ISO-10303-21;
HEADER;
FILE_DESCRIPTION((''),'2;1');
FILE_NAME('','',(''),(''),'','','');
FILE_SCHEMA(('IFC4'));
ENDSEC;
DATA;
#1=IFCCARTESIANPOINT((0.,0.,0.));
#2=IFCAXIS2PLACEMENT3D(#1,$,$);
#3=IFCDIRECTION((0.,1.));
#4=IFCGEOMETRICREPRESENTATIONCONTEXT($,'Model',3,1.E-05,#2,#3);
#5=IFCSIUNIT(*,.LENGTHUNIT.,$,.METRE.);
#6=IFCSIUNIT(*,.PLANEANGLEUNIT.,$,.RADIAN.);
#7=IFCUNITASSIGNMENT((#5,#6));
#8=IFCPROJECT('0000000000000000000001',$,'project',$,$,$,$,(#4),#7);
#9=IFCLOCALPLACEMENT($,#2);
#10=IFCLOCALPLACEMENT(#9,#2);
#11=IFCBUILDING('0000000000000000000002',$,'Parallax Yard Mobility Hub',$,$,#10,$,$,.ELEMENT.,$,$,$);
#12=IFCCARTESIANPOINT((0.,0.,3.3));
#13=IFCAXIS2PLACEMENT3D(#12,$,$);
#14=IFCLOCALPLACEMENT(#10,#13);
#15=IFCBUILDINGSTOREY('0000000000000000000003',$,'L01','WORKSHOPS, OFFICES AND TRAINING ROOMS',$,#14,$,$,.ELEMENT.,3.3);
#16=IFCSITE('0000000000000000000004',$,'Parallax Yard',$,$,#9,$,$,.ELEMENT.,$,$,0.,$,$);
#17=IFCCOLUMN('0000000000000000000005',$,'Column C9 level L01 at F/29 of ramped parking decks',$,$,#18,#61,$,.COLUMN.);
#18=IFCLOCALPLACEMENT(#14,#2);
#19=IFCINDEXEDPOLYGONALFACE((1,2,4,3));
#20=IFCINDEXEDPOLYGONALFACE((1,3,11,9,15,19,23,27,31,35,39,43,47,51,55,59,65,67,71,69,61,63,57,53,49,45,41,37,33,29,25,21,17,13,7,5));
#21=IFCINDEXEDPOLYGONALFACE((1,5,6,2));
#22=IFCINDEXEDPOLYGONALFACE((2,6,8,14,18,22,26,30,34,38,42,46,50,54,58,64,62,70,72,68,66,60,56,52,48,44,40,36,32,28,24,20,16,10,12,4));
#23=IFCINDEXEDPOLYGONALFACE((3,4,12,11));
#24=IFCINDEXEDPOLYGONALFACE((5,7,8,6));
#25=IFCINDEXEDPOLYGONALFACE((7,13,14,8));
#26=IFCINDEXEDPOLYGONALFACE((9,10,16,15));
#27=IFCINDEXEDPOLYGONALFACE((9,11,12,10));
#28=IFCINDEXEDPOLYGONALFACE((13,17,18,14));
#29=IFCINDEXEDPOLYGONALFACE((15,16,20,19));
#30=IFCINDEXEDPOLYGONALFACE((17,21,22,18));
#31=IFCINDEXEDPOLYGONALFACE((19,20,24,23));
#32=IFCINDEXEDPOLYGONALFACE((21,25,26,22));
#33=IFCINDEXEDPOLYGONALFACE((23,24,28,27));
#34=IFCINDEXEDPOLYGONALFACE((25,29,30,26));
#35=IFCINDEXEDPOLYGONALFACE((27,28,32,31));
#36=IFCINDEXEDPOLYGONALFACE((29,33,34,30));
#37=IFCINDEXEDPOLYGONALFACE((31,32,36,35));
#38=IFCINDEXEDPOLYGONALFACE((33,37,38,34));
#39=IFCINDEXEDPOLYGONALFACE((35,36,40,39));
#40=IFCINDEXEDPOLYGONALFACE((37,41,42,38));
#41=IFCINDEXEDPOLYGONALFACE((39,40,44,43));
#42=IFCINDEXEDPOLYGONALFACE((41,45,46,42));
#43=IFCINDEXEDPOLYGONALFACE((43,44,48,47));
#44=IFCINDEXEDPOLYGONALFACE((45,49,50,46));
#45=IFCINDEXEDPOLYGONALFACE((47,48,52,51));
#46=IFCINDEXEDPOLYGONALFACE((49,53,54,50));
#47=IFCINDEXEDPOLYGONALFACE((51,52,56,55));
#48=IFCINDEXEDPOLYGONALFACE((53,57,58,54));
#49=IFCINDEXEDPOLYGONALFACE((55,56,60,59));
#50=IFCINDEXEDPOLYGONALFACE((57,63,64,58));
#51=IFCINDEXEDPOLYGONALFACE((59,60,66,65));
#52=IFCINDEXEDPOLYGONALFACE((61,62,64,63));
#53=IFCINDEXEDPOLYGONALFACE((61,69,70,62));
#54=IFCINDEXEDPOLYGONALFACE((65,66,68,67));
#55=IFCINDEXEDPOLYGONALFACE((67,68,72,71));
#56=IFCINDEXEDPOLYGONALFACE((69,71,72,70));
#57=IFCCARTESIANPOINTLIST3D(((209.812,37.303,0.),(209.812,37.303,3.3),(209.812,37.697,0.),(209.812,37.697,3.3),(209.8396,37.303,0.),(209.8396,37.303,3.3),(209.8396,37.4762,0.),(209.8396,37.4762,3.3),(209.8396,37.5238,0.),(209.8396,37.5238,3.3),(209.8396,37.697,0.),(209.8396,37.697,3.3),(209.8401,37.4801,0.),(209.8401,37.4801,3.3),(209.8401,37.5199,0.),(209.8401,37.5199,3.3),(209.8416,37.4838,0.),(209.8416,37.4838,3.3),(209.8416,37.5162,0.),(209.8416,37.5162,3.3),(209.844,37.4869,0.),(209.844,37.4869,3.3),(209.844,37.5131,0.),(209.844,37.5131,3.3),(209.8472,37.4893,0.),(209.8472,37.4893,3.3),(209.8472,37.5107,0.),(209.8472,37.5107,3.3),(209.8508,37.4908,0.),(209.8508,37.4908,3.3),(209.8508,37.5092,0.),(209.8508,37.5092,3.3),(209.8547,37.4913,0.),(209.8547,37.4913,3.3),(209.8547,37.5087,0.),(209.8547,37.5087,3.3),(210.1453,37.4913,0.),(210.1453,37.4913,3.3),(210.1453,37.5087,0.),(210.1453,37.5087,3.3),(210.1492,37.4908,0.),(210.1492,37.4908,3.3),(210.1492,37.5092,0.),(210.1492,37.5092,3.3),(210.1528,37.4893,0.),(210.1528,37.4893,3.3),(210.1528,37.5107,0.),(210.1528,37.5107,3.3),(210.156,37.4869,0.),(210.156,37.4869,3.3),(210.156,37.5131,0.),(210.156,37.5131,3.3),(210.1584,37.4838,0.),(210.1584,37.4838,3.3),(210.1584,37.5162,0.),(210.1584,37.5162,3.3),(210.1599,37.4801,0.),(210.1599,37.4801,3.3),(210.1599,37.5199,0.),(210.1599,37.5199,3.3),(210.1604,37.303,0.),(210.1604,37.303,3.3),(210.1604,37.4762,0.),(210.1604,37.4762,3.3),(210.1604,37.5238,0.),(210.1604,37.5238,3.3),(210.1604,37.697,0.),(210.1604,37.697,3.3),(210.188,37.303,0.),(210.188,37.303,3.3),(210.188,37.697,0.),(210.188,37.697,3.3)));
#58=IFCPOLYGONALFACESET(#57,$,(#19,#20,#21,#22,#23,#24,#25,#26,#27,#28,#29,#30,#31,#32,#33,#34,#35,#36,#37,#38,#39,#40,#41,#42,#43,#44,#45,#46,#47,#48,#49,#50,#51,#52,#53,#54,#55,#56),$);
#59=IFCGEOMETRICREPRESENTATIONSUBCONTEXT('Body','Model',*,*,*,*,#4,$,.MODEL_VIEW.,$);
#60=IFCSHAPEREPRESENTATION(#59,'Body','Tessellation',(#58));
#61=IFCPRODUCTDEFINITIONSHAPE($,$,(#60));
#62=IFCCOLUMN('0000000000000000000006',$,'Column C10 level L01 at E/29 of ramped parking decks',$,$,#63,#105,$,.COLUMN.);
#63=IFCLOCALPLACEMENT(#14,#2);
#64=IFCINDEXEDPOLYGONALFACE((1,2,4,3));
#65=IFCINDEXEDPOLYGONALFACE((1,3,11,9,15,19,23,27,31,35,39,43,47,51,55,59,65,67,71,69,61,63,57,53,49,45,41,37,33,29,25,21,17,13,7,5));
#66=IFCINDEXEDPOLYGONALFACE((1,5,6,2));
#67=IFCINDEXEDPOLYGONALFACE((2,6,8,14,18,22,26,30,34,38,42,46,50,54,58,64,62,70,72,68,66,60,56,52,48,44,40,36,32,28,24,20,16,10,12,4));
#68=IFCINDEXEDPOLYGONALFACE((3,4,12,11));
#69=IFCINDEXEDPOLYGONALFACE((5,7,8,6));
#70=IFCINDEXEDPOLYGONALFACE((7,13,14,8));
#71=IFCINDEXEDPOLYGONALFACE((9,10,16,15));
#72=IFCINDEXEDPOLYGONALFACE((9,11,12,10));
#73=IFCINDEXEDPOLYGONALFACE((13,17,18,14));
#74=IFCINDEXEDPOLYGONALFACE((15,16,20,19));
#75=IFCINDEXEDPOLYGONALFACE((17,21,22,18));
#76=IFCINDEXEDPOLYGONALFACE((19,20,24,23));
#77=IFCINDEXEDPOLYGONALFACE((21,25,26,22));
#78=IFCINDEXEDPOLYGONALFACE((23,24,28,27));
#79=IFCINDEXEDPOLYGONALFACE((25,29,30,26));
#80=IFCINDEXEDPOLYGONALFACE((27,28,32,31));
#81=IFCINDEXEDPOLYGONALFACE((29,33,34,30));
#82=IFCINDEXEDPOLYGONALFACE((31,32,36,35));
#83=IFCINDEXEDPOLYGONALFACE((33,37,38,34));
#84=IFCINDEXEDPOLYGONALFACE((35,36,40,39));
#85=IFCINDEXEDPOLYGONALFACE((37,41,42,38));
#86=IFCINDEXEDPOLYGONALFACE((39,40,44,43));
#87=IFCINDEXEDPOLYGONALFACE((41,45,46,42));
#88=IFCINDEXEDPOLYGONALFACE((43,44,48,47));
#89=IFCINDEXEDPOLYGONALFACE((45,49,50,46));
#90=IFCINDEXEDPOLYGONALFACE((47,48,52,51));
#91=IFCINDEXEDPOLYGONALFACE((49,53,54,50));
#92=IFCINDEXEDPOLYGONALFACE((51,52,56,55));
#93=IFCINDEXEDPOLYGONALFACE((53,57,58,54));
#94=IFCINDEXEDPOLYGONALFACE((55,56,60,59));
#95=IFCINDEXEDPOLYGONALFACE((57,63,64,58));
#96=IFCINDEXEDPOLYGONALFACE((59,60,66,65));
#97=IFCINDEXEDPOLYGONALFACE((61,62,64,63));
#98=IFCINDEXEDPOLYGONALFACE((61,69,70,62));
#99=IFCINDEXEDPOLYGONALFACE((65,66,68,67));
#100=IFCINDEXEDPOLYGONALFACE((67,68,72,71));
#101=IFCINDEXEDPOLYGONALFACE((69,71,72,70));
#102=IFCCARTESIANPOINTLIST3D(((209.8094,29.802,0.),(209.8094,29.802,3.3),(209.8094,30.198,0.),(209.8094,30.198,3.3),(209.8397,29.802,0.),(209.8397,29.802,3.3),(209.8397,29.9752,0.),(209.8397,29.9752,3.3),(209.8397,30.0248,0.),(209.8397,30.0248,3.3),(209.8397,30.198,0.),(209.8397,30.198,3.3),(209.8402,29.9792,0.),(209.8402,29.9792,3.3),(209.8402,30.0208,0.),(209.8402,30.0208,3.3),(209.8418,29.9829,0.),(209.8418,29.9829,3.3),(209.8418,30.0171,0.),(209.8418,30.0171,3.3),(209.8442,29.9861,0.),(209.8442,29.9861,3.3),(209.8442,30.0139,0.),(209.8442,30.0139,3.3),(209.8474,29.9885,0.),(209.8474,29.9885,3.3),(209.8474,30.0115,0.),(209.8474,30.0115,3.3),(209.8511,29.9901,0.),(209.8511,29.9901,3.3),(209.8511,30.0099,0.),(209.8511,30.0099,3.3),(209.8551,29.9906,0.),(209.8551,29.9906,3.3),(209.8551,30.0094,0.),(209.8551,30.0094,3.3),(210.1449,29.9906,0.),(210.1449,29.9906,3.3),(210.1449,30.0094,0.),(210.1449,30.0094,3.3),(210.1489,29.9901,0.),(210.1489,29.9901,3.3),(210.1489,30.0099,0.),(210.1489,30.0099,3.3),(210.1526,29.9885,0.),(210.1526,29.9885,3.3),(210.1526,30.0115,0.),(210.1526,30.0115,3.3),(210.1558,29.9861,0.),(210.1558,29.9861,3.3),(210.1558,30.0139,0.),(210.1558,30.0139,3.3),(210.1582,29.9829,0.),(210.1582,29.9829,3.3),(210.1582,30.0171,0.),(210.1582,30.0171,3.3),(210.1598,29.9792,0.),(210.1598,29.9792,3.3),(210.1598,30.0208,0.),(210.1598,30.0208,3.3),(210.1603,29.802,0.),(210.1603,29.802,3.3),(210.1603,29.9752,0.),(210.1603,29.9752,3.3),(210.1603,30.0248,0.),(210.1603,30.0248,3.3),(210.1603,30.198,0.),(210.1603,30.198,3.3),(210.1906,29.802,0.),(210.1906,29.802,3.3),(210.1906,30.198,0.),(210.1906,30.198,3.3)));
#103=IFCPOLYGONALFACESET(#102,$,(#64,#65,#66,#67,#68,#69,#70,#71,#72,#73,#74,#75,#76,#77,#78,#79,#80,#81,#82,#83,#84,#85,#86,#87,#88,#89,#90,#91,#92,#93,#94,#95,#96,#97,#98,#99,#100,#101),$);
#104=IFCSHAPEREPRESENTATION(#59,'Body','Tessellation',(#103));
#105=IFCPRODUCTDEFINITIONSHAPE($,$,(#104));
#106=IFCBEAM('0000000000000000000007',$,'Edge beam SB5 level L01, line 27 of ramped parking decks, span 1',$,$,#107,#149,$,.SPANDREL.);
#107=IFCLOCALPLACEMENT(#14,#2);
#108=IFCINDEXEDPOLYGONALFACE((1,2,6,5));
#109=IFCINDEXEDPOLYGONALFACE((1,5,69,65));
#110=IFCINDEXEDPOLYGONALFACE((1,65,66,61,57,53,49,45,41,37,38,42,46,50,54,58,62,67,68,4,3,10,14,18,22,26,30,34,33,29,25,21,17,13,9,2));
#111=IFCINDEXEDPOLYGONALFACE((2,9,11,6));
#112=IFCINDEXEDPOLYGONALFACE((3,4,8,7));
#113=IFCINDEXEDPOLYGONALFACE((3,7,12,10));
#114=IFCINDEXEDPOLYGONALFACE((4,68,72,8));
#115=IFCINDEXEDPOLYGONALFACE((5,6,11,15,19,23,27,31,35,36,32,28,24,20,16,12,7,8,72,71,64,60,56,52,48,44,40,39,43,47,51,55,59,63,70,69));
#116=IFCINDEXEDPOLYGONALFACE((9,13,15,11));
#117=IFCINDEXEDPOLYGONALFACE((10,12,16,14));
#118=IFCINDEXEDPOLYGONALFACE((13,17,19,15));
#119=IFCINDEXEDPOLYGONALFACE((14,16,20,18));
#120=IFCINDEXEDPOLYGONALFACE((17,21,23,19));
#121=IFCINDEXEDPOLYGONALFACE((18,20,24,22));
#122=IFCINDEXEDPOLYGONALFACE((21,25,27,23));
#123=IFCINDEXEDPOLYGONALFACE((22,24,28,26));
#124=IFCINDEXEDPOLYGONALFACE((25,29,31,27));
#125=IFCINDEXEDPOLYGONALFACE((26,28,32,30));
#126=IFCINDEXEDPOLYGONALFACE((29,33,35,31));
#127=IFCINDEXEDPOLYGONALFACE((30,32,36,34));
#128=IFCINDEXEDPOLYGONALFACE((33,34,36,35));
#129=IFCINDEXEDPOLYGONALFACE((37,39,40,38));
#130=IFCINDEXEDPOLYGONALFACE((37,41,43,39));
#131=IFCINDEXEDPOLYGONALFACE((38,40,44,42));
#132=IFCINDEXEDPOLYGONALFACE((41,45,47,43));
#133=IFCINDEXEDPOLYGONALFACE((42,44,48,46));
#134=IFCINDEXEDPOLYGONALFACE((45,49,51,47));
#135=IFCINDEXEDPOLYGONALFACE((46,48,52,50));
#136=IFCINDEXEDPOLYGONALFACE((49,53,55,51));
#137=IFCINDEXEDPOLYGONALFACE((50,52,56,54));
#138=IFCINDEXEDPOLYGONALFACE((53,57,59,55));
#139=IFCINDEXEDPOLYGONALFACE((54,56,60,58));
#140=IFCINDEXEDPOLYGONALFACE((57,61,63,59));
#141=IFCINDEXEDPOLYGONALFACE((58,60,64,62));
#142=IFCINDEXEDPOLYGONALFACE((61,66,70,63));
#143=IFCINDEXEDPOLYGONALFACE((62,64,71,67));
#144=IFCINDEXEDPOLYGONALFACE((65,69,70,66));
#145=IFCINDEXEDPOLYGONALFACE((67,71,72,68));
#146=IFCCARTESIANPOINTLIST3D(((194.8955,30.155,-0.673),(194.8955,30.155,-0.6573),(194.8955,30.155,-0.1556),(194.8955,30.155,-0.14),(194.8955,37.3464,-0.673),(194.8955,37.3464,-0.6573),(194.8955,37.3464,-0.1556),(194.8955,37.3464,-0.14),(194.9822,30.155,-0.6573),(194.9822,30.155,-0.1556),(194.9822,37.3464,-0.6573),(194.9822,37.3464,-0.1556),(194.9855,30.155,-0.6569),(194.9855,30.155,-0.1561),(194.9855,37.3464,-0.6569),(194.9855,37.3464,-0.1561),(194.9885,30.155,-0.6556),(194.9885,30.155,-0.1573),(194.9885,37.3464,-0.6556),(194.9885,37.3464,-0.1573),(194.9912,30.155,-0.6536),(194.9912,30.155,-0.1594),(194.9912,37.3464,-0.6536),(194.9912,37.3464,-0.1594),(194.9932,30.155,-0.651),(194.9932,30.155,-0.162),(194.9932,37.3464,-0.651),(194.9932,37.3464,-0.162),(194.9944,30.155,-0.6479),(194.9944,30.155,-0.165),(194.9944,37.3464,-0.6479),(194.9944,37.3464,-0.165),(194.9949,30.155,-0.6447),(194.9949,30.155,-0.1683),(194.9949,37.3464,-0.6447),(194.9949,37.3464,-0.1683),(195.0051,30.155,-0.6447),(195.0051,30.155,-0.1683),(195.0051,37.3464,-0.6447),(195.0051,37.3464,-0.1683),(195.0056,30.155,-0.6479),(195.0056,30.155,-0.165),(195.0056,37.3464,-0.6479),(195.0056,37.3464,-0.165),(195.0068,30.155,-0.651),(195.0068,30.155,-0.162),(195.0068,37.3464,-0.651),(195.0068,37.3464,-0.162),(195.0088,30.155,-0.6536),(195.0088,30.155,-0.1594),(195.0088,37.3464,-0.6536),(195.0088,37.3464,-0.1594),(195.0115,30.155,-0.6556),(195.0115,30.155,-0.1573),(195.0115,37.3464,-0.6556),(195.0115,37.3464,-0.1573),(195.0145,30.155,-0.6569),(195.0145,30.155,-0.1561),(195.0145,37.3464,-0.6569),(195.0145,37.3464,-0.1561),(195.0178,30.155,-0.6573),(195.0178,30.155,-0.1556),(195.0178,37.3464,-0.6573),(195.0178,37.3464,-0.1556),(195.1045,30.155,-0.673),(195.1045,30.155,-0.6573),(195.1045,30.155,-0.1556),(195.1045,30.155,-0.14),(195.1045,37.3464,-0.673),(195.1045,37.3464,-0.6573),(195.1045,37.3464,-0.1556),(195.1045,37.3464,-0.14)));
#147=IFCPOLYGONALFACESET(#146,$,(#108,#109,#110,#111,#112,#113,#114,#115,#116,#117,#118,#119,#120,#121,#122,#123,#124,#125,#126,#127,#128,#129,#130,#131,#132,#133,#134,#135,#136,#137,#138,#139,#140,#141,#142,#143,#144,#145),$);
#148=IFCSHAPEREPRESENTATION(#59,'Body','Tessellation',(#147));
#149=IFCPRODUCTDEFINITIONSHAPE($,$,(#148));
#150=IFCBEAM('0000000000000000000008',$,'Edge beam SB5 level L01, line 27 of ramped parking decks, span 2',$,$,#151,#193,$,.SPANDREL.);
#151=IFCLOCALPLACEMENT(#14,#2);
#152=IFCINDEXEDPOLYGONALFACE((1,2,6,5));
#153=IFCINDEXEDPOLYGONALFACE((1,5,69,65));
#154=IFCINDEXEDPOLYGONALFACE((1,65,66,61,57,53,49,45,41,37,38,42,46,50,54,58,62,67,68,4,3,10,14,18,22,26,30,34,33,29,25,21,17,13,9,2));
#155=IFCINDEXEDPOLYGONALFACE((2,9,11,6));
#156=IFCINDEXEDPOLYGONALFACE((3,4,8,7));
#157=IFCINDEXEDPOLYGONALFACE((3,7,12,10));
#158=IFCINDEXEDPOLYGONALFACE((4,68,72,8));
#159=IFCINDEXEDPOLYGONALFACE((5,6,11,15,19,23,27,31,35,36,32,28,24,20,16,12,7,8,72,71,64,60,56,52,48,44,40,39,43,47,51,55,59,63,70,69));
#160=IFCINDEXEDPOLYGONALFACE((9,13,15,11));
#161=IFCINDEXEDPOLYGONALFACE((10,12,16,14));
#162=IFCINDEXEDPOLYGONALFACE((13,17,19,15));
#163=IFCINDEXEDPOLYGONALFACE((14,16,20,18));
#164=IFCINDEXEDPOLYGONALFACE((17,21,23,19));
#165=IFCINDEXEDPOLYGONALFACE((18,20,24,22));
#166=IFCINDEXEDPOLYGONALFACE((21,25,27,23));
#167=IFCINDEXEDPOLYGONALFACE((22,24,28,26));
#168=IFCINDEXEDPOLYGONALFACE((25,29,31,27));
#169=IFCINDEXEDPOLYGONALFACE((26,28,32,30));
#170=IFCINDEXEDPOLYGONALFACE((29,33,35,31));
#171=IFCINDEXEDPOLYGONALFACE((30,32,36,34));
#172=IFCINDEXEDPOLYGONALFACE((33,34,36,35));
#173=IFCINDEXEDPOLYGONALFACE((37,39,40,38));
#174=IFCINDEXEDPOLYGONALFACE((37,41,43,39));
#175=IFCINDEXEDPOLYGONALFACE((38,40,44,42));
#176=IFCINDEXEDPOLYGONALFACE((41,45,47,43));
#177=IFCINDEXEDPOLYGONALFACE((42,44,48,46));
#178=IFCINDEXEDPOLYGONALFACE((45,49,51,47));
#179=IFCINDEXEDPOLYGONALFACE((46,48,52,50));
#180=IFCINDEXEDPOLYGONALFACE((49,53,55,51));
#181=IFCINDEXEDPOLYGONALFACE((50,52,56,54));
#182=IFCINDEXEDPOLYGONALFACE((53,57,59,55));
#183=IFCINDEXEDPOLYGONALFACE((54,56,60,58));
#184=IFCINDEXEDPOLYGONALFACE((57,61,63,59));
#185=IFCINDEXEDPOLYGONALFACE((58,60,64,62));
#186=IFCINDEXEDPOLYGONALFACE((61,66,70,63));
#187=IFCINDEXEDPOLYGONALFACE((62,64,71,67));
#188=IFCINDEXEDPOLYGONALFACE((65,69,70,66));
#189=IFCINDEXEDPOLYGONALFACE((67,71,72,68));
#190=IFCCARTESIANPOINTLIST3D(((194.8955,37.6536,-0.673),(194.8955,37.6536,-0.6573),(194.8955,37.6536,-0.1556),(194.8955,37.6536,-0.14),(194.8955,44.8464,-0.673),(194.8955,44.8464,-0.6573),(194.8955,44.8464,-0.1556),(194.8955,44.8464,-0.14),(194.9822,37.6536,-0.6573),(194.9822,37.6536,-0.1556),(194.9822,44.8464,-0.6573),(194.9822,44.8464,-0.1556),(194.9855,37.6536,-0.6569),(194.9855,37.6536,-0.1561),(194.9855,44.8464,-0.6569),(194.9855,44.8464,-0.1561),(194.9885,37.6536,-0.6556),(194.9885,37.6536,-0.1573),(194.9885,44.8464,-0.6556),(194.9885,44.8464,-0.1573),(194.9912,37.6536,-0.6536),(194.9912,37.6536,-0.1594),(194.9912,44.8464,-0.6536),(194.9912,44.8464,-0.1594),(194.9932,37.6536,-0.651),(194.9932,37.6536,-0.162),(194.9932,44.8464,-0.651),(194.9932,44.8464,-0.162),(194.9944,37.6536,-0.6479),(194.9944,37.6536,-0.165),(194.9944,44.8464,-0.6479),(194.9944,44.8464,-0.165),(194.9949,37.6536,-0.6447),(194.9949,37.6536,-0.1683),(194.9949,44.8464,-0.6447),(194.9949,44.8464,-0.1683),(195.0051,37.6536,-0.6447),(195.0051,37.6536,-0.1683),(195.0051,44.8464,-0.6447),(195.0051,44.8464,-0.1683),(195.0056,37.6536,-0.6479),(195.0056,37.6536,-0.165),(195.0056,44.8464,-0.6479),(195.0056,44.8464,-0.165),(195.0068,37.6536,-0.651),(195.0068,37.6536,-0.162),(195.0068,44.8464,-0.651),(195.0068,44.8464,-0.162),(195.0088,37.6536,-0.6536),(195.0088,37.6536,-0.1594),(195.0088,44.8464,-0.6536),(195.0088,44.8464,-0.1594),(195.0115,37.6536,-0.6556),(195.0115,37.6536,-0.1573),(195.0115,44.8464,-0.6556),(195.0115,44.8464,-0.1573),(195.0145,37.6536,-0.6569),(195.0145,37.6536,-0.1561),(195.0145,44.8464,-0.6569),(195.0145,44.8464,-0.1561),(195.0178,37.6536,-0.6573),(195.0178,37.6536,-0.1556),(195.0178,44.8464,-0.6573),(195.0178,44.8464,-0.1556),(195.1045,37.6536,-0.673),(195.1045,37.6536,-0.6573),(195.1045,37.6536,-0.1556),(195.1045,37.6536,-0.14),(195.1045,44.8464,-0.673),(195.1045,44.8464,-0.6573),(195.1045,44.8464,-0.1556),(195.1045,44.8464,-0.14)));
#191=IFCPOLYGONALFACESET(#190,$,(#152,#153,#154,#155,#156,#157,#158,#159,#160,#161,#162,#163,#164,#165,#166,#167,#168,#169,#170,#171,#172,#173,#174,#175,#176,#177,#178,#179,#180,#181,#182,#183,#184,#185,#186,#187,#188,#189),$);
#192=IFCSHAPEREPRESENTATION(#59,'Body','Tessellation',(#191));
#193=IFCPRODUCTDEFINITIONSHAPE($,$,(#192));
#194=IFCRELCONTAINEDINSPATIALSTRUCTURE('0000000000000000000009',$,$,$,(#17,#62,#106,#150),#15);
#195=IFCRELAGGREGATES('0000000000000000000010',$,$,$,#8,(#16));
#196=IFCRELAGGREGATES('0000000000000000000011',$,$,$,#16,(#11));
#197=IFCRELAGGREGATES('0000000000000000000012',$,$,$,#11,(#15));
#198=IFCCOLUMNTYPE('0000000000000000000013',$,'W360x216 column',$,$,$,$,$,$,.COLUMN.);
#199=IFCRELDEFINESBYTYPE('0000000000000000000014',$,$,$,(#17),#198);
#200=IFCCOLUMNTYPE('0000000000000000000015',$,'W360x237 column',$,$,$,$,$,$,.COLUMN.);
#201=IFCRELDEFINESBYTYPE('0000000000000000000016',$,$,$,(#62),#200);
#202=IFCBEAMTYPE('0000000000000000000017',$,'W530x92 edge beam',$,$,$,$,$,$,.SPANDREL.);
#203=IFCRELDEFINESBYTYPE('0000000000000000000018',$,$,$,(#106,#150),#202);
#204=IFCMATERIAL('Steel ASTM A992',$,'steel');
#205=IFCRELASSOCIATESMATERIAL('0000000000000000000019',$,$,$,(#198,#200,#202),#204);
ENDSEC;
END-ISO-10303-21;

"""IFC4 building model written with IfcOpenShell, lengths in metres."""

from ifc_helpers import new_model, si_unit, direction, frame, origin, origin_2d, place, context, subcontext, project, spatial, i_section, extrude, material, material_profile, profile_set, type_object, element, save


model = new_model("IFC4")

# Units and contexts
model_context = context("Model", 3, precision=1e-05, world=origin(), true_north=direction((0.0, 1.0)))
body_context = subcontext(model_context, "Body", "Model", "MODEL_VIEW")
ifc_project = project(units=[si_unit("LENGTHUNIT", "METRE"), si_unit("PLANEANGLEUNIT", "RADIAN")], contexts=[model_context])

# Site, building, storey
site_placement = place(None, origin())
site = spatial("IfcSite", under=ifc_project, at=site_placement, Name="Parallax Yard", CompositionType="ELEMENT", RefElevation=0.0)
building_placement = place(site_placement, origin())
building = spatial("IfcBuilding", under=site, at=building_placement, Name="Parallax Yard Mobility Hub", CompositionType="ELEMENT")
storey_placement = place(building_placement, frame((0.0, 0.0, 3.3)))
storey = spatial("IfcBuildingStorey", under=building, at=storey_placement, Name="L01", Description="WORKSHOPS, OFFICES AND TRAINING ROOMS", CompositionType="ELEMENT", Elevation=3.3)

# Columns
ifc_material_1 = material(Name="Steel ASTM A992", Category="steel")
ifc_material_profile_1 = material_profile(ifc_material_1, i_section(OverallWidth=0.394, OverallDepth=0.376, WebThickness=0.0173, FlangeThickness=0.0276, FilletRadius=0.0151, at=origin_2d()), Name="W360x216")
ifc_profile_set_1 = profile_set([ifc_material_profile_1], Name="Steel ASTM A992")
column_type_1 = type_object("IfcColumnType", Name="W360x216 column", PredefinedType="COLUMN", material=ifc_profile_set_1)
for number, where, z_axis, x_axis, name in (
    (1, (210.0, 37.5, 0.0), (0.0, 0.0, 1.0), (0.0, 1.0, 0.0), "Column C9 level L01 at F/29 of ramped parking decks"),
):
    element("IfcColumn", number, at=place(storey_placement, frame(where, z_axis=z_axis, x_axis=x_axis)), inside=storey, type_object=column_type_1, Name=name, PredefinedType="COLUMN", context=body_context, shape_type="SweptSolid", body=[
        extrude(i_section(OverallWidth=0.394, OverallDepth=0.376, WebThickness=0.0173, FlangeThickness=0.0276, FilletRadius=0.0151, at=origin_2d()), origin(), (0.0, 0.0, 1.0), 3.3),
    ])
ifc_material_profile_2 = material_profile(ifc_material_1, i_section(OverallWidth=0.396, OverallDepth=0.3811, WebThickness=0.0188, FlangeThickness=0.0303, FilletRadius=0.0154, at=origin_2d()), Name="W360x237")
ifc_profile_set_2 = profile_set([ifc_material_profile_2], Name="Steel ASTM A992")
column_type_2 = type_object("IfcColumnType", Name="W360x237 column", PredefinedType="COLUMN", material=ifc_profile_set_2)
column_1_placement = place(storey_placement, frame((210.0, 30.0, 0.0), z_axis=(0.0, 0.0, 1.0), x_axis=(0.0, 1.0, 0.0)))
element("IfcColumn", 2, at=column_1_placement, inside=storey, type_object=column_type_2, Name="Column C10 level L01 at E/29 of ramped parking decks", PredefinedType="COLUMN", context=body_context, shape_type="SweptSolid", body=[
    extrude(i_section(OverallWidth=0.396, OverallDepth=0.3811, WebThickness=0.0188, FlangeThickness=0.0303, FilletRadius=0.0154, at=origin_2d()), origin(), (0.0, 0.0, 1.0), 3.3),
])

# Beams
ifc_material_profile_3 = material_profile(ifc_material_1, i_section(OverallWidth=0.209, OverallDepth=0.533, WebThickness=0.0103, FlangeThickness=0.0156, FilletRadius=0.0127, at=origin_2d()), Name="W530x92")
ifc_profile_set_3 = profile_set([ifc_material_profile_3], Name="Steel ASTM A992")
beam_type_1 = type_object("IfcBeamType", Name="W530x92 edge beam", PredefinedType="SPANDREL", material=ifc_profile_set_3)
beam_1_placement = place(storey_placement, frame((195.0, 30.155, -0.4065), z_axis=(0.0, 1.0, 0.0), x_axis=(-1.0, 0.0, 0.0)))
element("IfcBeam", 3, at=beam_1_placement, inside=storey, type_object=beam_type_1, Name="Edge beam SB5 level L01, line 27 of ramped parking decks, span 1", PredefinedType="SPANDREL", context=body_context, shape_type="SweptSolid", body=[
    extrude(i_section(OverallWidth=0.209, OverallDepth=0.533, WebThickness=0.0103, FlangeThickness=0.0156, FilletRadius=0.0127, at=origin_2d()), origin(), (0.0, 0.0, 1.0), 7.1914),
])
for number, where, z_axis, x_axis, name in (
    (4, (195.0, 37.6536, -0.4065), (0.0, 1.0, 0.0), (-1.0, 0.0, 0.0), "Edge beam SB5 level L01, line 27 of ramped parking decks, span 2"),
):
    element("IfcBeam", number, at=place(storey_placement, frame(where, z_axis=z_axis, x_axis=x_axis)), inside=storey, type_object=beam_type_1, Name=name, PredefinedType="SPANDREL", context=body_context, shape_type="SweptSolid", body=[
        extrude(i_section(OverallWidth=0.209, OverallDepth=0.533, WebThickness=0.0103, FlangeThickness=0.0156, FilletRadius=0.0127, at=origin_2d()), origin(), (0.0, 0.0, 1.0), 7.1929),
    ])

save(model, "model.ifc")
